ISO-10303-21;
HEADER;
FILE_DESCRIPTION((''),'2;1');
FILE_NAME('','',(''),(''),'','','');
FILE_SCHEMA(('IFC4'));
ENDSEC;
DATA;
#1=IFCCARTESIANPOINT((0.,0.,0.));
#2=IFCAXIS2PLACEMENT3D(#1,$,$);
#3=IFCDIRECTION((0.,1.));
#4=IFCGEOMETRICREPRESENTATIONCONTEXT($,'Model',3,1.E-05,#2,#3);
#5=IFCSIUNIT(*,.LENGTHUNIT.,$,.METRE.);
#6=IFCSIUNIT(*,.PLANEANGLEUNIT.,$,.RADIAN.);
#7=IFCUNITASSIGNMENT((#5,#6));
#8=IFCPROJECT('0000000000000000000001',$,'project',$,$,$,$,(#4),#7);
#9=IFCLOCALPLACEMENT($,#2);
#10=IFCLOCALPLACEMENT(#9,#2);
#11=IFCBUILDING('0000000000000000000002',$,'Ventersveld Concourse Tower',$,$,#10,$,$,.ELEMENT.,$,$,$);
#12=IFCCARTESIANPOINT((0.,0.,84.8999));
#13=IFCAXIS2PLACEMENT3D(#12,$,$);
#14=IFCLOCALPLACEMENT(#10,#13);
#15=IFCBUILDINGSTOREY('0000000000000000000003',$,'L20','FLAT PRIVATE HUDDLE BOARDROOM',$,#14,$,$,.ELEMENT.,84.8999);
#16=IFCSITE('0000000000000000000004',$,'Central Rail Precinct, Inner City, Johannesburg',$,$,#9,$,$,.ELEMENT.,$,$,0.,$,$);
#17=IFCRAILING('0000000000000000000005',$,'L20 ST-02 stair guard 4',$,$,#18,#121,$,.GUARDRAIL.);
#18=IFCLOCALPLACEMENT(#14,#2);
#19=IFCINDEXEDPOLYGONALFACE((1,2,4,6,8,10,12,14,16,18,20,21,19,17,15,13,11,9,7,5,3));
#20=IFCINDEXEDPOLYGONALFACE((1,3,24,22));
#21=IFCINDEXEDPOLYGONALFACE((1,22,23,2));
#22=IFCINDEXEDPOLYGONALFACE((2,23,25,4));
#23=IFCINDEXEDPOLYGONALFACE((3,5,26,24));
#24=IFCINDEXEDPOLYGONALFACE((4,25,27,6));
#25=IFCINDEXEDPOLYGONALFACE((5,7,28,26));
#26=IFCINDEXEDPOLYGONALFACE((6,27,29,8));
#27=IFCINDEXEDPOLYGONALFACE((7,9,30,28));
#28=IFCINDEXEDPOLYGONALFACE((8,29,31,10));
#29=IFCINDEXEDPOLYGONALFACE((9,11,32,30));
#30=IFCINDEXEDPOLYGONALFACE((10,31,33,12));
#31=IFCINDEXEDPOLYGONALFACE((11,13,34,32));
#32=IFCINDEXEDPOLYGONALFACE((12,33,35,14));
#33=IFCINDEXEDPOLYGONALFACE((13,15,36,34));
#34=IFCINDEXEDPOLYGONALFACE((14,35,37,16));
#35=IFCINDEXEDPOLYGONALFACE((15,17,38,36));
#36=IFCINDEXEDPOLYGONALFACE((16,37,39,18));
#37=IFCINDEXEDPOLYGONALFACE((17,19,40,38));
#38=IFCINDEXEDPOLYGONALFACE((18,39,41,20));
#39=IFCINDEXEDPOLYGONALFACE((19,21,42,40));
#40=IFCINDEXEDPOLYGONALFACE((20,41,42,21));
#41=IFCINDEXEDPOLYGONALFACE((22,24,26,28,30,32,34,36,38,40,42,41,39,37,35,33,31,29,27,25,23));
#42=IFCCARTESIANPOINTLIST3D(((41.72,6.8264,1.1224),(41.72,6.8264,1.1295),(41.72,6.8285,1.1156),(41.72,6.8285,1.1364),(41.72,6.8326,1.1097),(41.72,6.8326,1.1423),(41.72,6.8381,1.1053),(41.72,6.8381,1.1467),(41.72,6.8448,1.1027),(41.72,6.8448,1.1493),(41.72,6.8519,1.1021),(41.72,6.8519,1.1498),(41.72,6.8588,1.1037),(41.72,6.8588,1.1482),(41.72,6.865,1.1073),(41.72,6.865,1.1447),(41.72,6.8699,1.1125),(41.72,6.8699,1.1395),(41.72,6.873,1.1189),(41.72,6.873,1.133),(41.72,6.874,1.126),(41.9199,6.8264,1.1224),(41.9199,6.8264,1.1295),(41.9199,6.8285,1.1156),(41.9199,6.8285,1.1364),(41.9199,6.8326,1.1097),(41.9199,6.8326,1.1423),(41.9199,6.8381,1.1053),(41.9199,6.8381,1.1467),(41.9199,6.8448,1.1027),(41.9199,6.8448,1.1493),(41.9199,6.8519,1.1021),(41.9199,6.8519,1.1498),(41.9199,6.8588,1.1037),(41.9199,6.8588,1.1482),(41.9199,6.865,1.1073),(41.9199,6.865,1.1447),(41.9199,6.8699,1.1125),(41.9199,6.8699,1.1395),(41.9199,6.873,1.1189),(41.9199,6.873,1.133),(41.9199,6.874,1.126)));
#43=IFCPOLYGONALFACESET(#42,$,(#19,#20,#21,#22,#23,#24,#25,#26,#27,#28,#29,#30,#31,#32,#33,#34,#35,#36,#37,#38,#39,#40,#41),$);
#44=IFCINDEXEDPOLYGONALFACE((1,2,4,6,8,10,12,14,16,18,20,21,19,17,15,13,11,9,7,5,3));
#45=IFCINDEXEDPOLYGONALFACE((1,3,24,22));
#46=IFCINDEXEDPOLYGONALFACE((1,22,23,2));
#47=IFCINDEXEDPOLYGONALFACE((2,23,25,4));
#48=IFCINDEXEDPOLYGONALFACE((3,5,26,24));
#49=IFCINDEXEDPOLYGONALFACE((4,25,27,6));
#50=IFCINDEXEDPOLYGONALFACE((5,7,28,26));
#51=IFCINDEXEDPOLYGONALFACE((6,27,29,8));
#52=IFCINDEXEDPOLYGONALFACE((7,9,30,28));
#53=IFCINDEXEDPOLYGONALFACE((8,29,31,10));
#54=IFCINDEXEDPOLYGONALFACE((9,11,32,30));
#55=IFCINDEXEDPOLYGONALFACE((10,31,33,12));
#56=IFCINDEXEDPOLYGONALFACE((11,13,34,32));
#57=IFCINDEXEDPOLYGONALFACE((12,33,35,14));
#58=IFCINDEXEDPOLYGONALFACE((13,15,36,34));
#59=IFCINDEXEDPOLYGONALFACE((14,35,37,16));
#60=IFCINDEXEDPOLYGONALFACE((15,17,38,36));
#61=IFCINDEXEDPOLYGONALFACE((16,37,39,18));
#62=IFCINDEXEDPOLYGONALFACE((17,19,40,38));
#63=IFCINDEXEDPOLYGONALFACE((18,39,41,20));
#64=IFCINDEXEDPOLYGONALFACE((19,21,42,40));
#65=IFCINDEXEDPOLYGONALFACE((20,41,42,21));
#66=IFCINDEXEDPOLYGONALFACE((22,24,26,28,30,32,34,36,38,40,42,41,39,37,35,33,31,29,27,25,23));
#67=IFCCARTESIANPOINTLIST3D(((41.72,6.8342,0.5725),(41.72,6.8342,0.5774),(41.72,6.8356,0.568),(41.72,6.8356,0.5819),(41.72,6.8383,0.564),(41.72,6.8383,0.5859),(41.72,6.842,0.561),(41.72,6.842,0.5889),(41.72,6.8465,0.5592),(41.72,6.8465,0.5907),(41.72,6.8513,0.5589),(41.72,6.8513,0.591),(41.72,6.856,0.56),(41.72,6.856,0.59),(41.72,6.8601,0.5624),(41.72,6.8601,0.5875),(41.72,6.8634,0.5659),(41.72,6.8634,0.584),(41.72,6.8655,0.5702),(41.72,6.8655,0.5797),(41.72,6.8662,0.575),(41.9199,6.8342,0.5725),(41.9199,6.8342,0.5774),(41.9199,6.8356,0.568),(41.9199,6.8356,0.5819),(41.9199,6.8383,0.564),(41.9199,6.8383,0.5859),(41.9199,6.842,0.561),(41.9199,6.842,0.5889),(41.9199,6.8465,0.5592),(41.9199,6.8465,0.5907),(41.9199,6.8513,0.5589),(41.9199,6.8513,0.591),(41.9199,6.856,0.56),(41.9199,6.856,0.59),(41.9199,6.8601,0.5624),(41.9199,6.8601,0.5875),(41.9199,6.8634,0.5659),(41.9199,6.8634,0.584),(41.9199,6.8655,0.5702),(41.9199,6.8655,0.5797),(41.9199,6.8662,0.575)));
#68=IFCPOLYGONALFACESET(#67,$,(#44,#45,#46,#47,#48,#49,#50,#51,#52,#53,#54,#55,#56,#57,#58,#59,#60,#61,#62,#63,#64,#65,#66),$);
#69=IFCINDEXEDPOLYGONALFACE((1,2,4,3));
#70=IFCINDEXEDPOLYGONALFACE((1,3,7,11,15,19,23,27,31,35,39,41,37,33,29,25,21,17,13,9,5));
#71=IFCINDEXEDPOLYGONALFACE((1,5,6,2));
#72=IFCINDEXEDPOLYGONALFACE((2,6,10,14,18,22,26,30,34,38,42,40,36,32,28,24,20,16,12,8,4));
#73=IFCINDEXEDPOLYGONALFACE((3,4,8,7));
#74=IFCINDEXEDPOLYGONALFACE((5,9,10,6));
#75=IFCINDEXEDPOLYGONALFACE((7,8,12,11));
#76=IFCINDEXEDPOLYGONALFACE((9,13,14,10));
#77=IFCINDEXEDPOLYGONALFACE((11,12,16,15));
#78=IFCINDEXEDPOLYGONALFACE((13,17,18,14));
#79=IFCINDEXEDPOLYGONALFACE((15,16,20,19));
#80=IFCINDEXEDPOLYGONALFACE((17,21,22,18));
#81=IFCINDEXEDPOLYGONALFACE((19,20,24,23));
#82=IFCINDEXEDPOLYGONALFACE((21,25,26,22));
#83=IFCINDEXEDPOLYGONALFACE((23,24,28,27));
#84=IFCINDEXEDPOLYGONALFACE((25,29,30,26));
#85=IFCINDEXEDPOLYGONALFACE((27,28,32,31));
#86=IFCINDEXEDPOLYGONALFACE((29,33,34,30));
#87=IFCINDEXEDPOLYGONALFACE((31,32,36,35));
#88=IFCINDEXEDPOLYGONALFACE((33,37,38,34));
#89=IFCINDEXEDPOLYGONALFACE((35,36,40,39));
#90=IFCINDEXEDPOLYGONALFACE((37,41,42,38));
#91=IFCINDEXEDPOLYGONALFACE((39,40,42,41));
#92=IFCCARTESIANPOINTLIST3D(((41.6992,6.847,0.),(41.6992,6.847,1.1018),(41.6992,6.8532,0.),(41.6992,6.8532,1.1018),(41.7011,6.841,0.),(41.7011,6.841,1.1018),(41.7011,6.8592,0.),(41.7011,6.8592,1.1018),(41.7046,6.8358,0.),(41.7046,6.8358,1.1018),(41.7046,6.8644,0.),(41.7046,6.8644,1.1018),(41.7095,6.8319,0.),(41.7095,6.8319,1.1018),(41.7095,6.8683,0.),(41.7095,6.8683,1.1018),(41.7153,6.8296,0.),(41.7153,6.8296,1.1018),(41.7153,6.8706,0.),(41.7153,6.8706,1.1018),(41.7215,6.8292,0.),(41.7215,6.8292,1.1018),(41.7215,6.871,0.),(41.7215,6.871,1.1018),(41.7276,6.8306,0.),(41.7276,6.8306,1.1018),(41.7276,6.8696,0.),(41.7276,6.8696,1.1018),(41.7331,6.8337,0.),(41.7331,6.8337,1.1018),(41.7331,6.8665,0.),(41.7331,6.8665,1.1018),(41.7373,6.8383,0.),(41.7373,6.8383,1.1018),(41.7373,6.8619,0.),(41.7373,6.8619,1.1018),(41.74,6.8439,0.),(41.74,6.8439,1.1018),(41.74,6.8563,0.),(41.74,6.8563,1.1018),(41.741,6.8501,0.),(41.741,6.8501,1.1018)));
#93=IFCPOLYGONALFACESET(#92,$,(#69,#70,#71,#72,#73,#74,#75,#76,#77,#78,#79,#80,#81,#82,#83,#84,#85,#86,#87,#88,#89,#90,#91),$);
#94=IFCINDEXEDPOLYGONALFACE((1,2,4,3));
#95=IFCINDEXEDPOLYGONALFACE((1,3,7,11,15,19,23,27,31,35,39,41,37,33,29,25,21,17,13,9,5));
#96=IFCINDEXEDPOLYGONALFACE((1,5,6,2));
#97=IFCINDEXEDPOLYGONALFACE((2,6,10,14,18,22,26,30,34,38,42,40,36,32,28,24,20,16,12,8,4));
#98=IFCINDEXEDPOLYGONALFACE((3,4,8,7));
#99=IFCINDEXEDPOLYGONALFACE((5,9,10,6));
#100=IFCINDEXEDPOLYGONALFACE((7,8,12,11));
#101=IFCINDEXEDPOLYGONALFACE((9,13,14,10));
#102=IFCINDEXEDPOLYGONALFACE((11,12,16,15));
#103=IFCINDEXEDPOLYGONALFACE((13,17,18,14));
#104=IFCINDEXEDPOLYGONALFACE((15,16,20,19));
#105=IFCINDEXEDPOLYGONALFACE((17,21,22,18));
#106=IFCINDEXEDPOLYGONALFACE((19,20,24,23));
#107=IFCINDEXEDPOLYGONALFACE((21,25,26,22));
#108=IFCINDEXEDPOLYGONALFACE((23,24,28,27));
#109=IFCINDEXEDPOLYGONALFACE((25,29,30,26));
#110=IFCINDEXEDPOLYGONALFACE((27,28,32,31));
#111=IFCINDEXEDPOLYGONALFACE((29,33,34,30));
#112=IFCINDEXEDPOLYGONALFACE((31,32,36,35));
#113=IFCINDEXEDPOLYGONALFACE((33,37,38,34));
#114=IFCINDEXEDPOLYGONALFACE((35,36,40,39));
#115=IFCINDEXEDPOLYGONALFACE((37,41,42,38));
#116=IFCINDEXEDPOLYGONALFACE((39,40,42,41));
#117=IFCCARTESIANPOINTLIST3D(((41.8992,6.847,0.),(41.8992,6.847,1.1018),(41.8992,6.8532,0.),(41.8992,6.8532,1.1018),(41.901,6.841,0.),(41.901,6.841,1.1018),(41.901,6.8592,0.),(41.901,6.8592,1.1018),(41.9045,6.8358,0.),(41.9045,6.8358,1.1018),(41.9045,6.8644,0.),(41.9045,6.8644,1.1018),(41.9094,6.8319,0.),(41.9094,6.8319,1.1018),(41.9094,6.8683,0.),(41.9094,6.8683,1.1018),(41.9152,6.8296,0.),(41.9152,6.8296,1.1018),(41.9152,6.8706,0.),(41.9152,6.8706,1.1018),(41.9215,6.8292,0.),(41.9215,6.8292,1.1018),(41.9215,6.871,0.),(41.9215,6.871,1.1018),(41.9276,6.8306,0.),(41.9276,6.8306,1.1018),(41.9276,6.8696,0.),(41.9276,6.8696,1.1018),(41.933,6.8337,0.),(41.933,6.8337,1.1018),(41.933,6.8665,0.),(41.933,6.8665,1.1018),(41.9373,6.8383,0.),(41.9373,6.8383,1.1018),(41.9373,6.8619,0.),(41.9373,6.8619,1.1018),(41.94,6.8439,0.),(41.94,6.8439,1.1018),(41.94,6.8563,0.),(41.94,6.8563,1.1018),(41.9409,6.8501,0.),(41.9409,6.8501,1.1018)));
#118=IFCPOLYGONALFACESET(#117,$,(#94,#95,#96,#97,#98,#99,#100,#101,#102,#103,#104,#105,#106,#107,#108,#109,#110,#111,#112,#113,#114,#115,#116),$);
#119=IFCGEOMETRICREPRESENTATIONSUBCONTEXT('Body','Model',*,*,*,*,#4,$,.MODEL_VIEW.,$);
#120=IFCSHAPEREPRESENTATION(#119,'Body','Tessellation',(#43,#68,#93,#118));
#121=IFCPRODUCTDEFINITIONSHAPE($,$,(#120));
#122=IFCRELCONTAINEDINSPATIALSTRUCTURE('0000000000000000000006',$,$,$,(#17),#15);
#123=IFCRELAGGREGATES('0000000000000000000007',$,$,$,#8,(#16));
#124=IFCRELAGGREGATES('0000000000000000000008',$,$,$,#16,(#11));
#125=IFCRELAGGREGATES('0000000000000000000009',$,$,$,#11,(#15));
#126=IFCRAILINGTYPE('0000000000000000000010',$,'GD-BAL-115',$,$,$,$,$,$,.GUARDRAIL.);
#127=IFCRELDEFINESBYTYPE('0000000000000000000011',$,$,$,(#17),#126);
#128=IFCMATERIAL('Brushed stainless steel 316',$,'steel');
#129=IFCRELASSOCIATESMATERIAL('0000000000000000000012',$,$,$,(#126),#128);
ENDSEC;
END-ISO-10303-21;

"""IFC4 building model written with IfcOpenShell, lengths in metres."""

from ifc_helpers import new_model, si_unit, direction, frame, origin, origin_2d, place, context, subcontext, project, spatial, circle, extrude, material, type_object, element, save


model = new_model("IFC4")

# Units and contexts
model_context = context("Model", 3, precision=1e-05, world=origin(), true_north=direction((0.0, 1.0)))
body_context = subcontext(model_context, "Body", "Model", "MODEL_VIEW")
ifc_project = project(units=[si_unit("LENGTHUNIT", "METRE"), si_unit("PLANEANGLEUNIT", "RADIAN")], contexts=[model_context])

# Site, building, storey
site_placement = place(None, origin())
site = spatial("IfcSite", under=ifc_project, at=site_placement, Name="Central Rail Precinct, Inner City, Johannesburg", CompositionType="ELEMENT", RefElevation=0.0)
building_placement = place(site_placement, origin())
building = spatial("IfcBuilding", under=site, at=building_placement, Name="Ventersveld Concourse Tower", CompositionType="ELEMENT")
storey_placement = place(building_placement, frame((0.0, 0.0, 84.8999)))
storey = spatial("IfcBuildingStorey", under=building, at=storey_placement, Name="L20", Description="FLAT PRIVATE HUDDLE BOARDROOM", CompositionType="ELEMENT", Elevation=84.8999)

# Railing
ifc_material_1 = material(Name="Brushed stainless steel 316", Category="steel")
railing_type_1 = type_object("IfcRailingType", Name="GD-BAL-115", PredefinedType="GUARDRAIL", material=ifc_material_1)
railing_1_placement = place(storey_placement, frame((41.72, 6.8501, 0.0)))
element("IfcRailing", 1, at=railing_1_placement, inside=storey, type_object=railing_type_1, Name="L20 ST-02 stair guard 4", PredefinedType="GUARDRAIL", context=body_context, shape_type="SweptSolid", body=[
    extrude(circle(Radius=0.0239, at=origin_2d()), frame((0.0, 0.0, 1.126), z_axis=(1.0, 0.0, 0.0), x_axis=(0.0, 1.0, 0.0)), (0.0, 0.0, 1.0), 0.2),
    extrude(circle(Radius=0.0161, at=origin_2d()), frame((0.0, 0.0, 0.575), z_axis=(1.0, 0.0, 0.0), x_axis=(0.0, 1.0, 0.0)), (0.0, 0.0, 1.0), 0.2),
    extrude(circle(Radius=0.021, at=origin_2d()), origin(), (0.0, 0.0, 1.0), 1.1018),
    extrude(circle(Radius=0.021, at=origin_2d()), frame((0.2, 0.0, 0.0)), (0.0, 0.0, 1.0), 1.1018),
])

save(model, "model.ifc")
